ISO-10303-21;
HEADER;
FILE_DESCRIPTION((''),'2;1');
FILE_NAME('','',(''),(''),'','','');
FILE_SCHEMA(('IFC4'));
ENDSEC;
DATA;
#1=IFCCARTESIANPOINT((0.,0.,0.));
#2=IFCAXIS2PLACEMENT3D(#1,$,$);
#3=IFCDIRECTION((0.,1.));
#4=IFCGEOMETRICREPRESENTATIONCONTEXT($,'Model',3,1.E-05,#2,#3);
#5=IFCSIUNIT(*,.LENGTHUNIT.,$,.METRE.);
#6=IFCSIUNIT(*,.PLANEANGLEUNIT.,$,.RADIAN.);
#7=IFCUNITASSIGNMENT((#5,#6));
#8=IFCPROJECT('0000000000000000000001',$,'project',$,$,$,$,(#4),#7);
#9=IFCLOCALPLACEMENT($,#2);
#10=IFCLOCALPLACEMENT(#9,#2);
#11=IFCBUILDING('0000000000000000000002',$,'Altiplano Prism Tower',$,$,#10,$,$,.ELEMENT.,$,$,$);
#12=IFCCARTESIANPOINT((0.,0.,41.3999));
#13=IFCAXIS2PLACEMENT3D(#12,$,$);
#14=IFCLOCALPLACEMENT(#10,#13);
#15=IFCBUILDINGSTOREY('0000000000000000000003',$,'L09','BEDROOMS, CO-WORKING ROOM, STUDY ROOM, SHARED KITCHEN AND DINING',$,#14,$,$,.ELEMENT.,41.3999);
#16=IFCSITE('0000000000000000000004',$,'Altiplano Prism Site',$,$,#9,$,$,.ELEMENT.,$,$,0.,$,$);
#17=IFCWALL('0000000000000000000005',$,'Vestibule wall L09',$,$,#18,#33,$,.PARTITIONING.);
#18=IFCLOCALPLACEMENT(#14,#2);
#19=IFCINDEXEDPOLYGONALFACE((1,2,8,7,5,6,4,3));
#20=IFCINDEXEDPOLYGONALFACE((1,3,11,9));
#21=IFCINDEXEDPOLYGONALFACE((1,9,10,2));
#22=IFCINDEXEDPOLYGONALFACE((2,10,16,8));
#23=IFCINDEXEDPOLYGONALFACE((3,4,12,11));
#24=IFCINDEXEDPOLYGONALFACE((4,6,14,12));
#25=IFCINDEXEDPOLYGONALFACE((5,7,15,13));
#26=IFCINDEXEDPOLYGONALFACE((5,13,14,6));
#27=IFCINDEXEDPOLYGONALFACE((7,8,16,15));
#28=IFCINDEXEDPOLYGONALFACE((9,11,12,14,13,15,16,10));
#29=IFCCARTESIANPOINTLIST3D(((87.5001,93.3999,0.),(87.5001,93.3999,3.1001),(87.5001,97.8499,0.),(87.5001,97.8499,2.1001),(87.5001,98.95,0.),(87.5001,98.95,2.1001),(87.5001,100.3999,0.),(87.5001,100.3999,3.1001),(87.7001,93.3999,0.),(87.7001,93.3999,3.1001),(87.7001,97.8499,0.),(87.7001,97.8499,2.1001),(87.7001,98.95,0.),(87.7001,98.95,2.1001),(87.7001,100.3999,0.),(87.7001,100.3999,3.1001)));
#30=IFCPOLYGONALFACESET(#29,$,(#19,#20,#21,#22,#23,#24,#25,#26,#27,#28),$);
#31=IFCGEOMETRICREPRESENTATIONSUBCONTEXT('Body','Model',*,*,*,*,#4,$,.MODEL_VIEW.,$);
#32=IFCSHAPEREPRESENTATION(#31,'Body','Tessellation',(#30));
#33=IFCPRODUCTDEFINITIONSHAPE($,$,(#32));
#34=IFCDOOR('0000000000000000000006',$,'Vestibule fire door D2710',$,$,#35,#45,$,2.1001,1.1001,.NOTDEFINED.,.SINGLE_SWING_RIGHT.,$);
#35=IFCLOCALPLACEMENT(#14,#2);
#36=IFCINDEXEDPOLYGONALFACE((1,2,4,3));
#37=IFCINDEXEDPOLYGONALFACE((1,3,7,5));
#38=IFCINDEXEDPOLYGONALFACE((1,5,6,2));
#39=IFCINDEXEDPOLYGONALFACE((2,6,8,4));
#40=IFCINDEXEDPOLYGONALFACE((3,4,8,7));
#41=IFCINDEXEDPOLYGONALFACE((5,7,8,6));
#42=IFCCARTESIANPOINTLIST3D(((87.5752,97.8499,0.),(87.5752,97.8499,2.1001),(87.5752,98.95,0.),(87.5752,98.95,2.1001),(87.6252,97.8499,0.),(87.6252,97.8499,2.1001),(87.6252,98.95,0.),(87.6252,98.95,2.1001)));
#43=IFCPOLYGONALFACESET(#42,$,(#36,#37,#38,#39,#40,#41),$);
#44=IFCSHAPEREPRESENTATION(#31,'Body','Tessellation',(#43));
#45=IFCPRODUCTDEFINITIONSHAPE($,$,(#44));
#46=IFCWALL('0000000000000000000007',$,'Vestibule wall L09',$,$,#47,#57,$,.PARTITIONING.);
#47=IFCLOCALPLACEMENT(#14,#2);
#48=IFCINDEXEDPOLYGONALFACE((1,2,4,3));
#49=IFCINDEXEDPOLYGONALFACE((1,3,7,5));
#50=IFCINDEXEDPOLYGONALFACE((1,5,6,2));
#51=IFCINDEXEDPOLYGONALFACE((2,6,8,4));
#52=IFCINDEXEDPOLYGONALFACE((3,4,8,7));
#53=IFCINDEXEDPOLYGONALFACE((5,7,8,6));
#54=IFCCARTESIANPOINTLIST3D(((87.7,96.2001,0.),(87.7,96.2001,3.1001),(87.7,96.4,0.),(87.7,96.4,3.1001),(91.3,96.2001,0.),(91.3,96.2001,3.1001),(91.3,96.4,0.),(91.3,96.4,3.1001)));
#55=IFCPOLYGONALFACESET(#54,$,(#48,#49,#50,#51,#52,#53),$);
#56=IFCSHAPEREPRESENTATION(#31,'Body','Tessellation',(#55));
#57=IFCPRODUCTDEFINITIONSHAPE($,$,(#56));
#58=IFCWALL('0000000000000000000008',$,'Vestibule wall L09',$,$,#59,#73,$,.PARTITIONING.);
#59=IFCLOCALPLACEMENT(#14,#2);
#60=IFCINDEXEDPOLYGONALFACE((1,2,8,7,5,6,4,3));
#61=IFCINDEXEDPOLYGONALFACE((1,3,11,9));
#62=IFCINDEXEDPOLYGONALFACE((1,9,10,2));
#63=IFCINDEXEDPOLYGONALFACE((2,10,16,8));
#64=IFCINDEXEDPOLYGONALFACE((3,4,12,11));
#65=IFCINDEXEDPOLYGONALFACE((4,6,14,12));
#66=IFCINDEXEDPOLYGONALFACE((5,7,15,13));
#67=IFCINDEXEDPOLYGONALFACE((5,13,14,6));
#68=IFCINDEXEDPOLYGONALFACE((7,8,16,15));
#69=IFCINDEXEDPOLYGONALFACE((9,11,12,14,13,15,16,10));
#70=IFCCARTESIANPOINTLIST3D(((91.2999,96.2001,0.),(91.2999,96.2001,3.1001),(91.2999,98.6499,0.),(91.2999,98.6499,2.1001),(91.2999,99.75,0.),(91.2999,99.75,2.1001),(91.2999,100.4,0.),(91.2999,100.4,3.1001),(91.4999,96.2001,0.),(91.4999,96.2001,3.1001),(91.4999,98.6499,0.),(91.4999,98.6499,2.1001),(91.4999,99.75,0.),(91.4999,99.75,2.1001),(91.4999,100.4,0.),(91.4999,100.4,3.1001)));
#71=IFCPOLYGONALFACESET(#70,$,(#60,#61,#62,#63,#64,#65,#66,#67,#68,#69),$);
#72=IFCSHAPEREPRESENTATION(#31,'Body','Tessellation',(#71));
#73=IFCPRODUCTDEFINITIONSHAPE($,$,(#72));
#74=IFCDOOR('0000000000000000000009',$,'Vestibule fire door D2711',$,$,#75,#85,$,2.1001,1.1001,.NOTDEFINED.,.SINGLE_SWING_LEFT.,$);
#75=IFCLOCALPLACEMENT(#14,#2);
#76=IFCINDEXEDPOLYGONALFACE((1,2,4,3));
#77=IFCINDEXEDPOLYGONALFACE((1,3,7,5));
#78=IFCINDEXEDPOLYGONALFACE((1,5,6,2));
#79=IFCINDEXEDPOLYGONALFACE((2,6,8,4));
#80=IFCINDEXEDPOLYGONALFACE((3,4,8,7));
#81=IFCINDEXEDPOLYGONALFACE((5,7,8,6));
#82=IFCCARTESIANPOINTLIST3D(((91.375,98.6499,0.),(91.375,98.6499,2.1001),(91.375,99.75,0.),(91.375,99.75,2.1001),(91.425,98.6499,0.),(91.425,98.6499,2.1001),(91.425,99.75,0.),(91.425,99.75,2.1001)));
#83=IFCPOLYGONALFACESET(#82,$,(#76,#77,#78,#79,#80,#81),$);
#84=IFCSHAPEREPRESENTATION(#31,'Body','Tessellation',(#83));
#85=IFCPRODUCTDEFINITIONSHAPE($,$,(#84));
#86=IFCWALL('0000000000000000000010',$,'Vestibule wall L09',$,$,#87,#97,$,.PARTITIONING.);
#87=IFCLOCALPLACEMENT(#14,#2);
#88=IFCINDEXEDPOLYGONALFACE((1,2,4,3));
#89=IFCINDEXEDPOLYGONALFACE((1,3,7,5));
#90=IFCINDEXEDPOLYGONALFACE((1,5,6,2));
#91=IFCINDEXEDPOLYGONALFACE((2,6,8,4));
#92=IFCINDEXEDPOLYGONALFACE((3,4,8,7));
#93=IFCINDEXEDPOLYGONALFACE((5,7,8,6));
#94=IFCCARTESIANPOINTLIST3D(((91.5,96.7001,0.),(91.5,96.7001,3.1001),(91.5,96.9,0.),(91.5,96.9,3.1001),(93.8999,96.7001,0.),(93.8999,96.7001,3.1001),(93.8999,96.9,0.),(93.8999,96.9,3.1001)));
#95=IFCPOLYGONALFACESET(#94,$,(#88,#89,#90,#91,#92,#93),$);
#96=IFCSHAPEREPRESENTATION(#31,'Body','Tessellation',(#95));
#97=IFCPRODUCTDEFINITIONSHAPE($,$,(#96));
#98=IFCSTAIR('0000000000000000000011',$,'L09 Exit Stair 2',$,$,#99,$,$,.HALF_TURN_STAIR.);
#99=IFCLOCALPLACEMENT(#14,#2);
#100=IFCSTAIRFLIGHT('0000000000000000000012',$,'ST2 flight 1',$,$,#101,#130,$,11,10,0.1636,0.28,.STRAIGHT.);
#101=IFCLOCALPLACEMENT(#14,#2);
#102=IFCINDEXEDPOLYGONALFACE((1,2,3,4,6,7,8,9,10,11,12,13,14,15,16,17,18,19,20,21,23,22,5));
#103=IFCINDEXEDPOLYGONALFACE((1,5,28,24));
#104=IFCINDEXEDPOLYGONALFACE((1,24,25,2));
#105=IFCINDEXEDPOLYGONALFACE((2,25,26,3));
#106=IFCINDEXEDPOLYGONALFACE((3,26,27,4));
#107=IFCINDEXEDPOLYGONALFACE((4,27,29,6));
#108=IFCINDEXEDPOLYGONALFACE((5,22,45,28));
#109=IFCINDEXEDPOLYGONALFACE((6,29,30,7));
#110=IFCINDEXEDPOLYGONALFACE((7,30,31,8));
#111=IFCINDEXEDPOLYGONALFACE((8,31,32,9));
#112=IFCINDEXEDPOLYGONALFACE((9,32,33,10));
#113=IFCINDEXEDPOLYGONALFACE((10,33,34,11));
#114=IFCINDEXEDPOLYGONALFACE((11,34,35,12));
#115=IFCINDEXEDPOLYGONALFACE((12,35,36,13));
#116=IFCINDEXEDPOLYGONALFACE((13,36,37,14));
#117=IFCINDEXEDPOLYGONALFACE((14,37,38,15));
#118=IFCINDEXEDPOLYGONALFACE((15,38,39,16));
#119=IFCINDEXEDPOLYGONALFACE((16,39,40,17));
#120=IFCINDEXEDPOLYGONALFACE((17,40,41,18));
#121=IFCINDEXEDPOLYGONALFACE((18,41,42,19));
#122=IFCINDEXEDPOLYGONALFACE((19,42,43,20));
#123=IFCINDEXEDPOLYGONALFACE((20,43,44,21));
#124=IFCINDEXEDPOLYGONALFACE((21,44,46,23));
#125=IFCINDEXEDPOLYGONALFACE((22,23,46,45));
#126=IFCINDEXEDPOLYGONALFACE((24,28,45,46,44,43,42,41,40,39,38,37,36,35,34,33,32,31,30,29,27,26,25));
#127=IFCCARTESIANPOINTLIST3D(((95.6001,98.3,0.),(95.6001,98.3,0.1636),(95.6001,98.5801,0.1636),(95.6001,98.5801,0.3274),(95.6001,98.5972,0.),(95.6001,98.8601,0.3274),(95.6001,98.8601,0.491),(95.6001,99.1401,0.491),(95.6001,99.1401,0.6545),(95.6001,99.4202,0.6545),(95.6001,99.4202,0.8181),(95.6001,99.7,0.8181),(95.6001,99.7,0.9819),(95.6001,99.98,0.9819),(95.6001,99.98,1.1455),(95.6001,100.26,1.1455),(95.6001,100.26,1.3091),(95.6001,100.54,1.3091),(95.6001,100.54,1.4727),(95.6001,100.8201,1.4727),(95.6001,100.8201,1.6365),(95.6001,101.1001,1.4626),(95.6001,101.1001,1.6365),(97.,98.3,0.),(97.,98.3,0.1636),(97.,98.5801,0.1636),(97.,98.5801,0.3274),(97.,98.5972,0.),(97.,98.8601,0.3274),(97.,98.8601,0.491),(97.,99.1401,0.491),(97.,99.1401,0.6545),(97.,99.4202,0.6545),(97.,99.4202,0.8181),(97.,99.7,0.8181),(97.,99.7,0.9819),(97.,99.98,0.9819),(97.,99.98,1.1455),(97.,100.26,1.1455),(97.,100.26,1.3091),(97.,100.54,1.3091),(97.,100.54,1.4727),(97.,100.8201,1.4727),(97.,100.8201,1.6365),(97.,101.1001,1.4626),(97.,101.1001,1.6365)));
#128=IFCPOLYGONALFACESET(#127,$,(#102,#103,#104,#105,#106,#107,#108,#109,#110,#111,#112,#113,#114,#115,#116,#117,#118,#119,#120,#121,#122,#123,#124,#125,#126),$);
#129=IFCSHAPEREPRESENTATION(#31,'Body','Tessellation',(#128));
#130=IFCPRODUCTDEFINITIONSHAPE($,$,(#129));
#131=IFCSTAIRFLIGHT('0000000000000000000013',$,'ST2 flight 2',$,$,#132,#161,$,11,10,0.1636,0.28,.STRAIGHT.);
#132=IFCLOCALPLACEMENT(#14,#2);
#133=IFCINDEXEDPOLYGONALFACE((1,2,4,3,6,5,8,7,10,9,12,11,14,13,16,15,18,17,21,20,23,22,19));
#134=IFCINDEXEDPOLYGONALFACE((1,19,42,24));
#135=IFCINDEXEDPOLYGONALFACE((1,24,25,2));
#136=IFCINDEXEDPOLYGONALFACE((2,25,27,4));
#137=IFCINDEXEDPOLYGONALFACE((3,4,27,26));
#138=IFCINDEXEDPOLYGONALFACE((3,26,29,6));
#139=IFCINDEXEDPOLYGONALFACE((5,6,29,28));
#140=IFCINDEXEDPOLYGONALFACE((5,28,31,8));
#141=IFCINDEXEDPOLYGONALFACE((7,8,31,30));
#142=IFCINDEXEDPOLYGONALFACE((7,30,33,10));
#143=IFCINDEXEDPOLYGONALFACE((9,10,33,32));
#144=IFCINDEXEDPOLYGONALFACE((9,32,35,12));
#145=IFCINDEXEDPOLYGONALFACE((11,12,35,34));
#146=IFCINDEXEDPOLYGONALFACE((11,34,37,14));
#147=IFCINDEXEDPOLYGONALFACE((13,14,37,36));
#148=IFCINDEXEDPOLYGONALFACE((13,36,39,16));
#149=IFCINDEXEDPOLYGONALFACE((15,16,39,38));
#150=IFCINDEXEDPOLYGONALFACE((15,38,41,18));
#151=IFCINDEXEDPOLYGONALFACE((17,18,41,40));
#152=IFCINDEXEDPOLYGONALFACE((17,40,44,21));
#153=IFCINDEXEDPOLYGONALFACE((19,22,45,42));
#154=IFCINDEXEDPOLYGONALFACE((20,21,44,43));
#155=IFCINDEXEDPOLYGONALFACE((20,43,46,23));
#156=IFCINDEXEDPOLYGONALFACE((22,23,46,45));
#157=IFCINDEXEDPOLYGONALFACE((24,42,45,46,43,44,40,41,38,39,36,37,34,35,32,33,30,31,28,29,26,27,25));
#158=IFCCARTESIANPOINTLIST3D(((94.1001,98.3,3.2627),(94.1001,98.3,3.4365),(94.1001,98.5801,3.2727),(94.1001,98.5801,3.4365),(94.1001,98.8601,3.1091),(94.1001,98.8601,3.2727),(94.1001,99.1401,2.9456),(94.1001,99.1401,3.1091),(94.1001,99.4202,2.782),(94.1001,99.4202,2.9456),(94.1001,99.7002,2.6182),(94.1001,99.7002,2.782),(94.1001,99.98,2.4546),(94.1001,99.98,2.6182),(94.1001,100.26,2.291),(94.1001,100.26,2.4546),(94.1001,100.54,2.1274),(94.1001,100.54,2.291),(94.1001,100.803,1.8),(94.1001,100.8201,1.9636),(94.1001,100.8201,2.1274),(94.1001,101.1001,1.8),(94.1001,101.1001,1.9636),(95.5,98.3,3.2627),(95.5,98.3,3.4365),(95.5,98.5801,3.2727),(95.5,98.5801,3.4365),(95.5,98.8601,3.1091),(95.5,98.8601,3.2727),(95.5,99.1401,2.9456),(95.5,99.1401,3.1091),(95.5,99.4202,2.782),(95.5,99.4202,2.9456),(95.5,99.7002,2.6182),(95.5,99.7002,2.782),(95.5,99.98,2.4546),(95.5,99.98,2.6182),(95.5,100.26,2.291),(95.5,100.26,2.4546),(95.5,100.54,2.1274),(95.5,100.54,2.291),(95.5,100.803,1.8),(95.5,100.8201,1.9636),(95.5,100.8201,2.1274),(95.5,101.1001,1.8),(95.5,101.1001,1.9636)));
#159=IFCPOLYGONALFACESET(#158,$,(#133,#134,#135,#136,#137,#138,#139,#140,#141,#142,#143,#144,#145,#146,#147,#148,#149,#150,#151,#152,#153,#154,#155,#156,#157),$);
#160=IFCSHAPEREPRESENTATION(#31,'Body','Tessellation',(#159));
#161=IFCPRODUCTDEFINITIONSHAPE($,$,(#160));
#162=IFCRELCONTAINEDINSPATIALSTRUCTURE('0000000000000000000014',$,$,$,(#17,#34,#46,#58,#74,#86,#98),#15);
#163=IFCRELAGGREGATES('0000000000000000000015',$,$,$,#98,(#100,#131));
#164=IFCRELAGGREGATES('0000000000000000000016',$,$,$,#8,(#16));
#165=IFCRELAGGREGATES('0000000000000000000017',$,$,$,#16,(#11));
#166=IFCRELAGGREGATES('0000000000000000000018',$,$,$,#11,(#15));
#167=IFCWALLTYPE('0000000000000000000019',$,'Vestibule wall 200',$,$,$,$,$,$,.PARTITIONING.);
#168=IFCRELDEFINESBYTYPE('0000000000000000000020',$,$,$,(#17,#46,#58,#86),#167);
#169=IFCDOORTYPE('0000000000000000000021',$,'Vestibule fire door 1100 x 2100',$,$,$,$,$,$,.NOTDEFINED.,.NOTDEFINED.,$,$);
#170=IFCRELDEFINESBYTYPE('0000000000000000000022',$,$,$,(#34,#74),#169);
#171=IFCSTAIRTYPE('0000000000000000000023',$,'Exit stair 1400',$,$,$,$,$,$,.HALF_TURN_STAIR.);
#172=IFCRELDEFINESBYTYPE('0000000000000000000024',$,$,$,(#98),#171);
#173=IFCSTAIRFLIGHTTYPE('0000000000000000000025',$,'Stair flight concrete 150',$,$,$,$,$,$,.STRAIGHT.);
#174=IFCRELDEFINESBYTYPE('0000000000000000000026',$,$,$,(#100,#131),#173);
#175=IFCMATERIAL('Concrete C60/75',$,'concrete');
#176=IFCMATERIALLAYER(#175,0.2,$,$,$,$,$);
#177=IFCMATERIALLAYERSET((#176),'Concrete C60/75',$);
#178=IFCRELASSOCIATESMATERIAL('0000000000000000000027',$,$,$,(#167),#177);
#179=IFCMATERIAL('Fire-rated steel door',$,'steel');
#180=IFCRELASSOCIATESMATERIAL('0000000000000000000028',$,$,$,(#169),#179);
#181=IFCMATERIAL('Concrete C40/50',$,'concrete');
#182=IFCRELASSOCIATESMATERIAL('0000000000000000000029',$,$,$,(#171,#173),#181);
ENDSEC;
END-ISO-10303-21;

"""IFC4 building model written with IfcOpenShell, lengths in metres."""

from ifc_helpers import new_model, si_unit, direction, frame, frame_2d, origin, place, context, subcontext, project, spatial, polyline, rectangle, outline, extrude, material, layer, layer_set, type_object, element, fill, aggregate, save


model = new_model("IFC4")

# Units and contexts
model_context = context("Model", 3, precision=1e-05, world=origin(), true_north=direction((0.0, 1.0)))
body_context = subcontext(model_context, "Body", "Model", "MODEL_VIEW")
ifc_project = project(units=[si_unit("LENGTHUNIT", "METRE"), si_unit("PLANEANGLEUNIT", "RADIAN")], contexts=[model_context])

# Site, building, storey
site_placement = place(None, origin())
site = spatial("IfcSite", under=ifc_project, at=site_placement, Name="Altiplano Prism Site", CompositionType="ELEMENT", RefElevation=0.0)
building_placement = place(site_placement, origin())
building = spatial("IfcBuilding", under=site, at=building_placement, Name="Altiplano Prism Tower", CompositionType="ELEMENT")
storey_placement = place(building_placement, frame((0.0, 0.0, 41.3999)))
storey = spatial("IfcBuildingStorey", under=building, at=storey_placement, Name="L09", Description="BEDROOMS, CO-WORKING ROOM, STUDY ROOM, SHARED KITCHEN AND DINING", CompositionType="ELEMENT", Elevation=41.3999)

# Shared definitions
ifc_material_1 = material(Name="Concrete C60/75", Category="concrete")

# Shared definitions
ifc_material_2 = material(Name="Fire-rated steel door", Category="steel")

# Wall, opening, door
ifc_layer_1 = layer(ifc_material_1, 0.2)
ifc_layer_set_1 = layer_set([ifc_layer_1], Name="Concrete C60/75")
wall_type_1 = type_object("IfcWallType", Name="Vestibule wall 200", PredefinedType="PARTITIONING", material=ifc_layer_set_1)
wall_1_placement = place(storey_placement, frame((87.6001, 93.3999, 0.0), z_axis=(0.0, 0.0, 1.0), x_axis=(0.0, 1.0, 0.0)))
wall_1 = element("IfcWall", 1, at=wall_1_placement, inside=storey, type_object=wall_type_1, Name="Vestibule wall L09", PredefinedType="PARTITIONING", context=body_context, shape_type="SweptSolid", body=[
    extrude(rectangle(XDim=7.0, YDim=0.2, at=frame_2d((3.5, 0.0))), origin(), (0.0, 0.0, 1.0), 3.1001),
])
opening_1_placement = place(wall_1_placement, frame((4.45, 0.0, 0.0)))
opening_1 = element("IfcOpeningElement", 2, at=opening_1_placement, cuts=wall_1, PredefinedType="OPENING", context=body_context, shape_type="SweptSolid", body=[
    extrude(rectangle(XDim=1.1001, YDim=2.1001, at=frame_2d((0.55, 1.05))), frame((0.0, 0.1104, 0.0), z_axis=(0.0, -1.0, 0.0), x_axis=(1.0, 0.0, 0.0)), (0.0, 0.0, 1.0), 0.2209),
])
door_type_1 = type_object("IfcDoorType", Name="Vestibule fire door 1100 x 2100", OperationType="NOTDEFINED", PredefinedType="NOTDEFINED", material=ifc_material_2)
door_1_placement = place(opening_1_placement, origin())
door_1 = element("IfcDoor", 3, at=door_1_placement, inside=storey, type_object=door_type_1, Name="Vestibule fire door D2710", OperationType="SINGLE_SWING_RIGHT", OverallHeight=2.1001, OverallWidth=1.1001, PredefinedType="NOTDEFINED", context=body_context, shape_type="SweptSolid", body=[
    extrude(rectangle(XDim=1.1001, YDim=2.1001, at=frame_2d((0.55, 1.05))), frame((0.0, 0.0249, 0.0), z_axis=(0.0, -1.0, 0.0), x_axis=(1.0, 0.0, 0.0)), (0.0, 0.0, 1.0), 0.05),
])
fill(opening_1, door_1)

# Wall
wall_2_placement = place(storey_placement, frame((87.7, 96.3, 0.0), z_axis=(0.0, 0.0, 1.0), x_axis=(1.0, 0.0, 0.0)))
element("IfcWall", 4, at=wall_2_placement, inside=storey, type_object=wall_type_1, Name="Vestibule wall L09", PredefinedType="PARTITIONING", context=body_context, shape_type="SweptSolid", body=[
    extrude(rectangle(XDim=3.6001, YDim=0.2, at=frame_2d((1.8, 0.0))), origin(), (0.0, 0.0, 1.0), 3.1001),
])

# Wall, opening, door
wall_3_placement = place(storey_placement, frame((91.3999, 96.2, 0.0), z_axis=(0.0, 0.0, 1.0), x_axis=(0.0, 1.0, 0.0)))
wall_3 = element("IfcWall", 5, at=wall_3_placement, inside=storey, type_object=wall_type_1, Name="Vestibule wall L09", PredefinedType="PARTITIONING", context=body_context, shape_type="SweptSolid", body=[
    extrude(rectangle(XDim=4.2, YDim=0.2, at=frame_2d((2.1001, 0.0))), origin(), (0.0, 0.0, 1.0), 3.1001),
])
opening_2_placement = place(wall_3_placement, frame((2.45, 0.0, 0.0)))
opening_2 = element("IfcOpeningElement", 6, at=opening_2_placement, cuts=wall_3, PredefinedType="OPENING", context=body_context, shape_type="SweptSolid", body=[
    extrude(rectangle(XDim=1.1001, YDim=2.1001, at=frame_2d((0.55, 1.05))), frame((0.0, 0.1104, 0.0), z_axis=(0.0, -1.0, 0.0), x_axis=(1.0, 0.0, 0.0)), (0.0, 0.0, 1.0), 0.2209),
])
door_2_placement = place(opening_2_placement, origin())
door_2 = element("IfcDoor", 7, at=door_2_placement, inside=storey, type_object=door_type_1, Name="Vestibule fire door D2711", OperationType="SINGLE_SWING_LEFT", OverallHeight=2.1001, OverallWidth=1.1001, PredefinedType="NOTDEFINED", context=body_context, shape_type="SweptSolid", body=[
    extrude(rectangle(XDim=1.1001, YDim=2.1001, at=frame_2d((0.55, 1.05))), frame((0.0, 0.0249, 0.0), z_axis=(0.0, -1.0, 0.0), x_axis=(1.0, 0.0, 0.0)), (0.0, 0.0, 1.0), 0.05),
])
fill(opening_2, door_2)

# Wall
wall_4_placement = place(storey_placement, frame((91.5, 96.8, 0.0), z_axis=(0.0, 0.0, 1.0), x_axis=(1.0, 0.0, 0.0)))
element("IfcWall", 8, at=wall_4_placement, inside=storey, type_object=wall_type_1, Name="Vestibule wall L09", PredefinedType="PARTITIONING", context=body_context, shape_type="SweptSolid", body=[
    extrude(rectangle(XDim=2.3999, YDim=0.2, at=frame_2d((1.2, 0.0))), origin(), (0.0, 0.0, 1.0), 3.1001),
])

# Stair, stair flights
ifc_material_3 = material(Name="Concrete C40/50", Category="concrete")
stair_type_1 = type_object("IfcStairType", Name="Exit stair 1400", PredefinedType="HALF_TURN_STAIR", material=ifc_material_3)
stair_1_placement = place(storey_placement, origin())
stair_1 = element("IfcStair", 9, at=stair_1_placement, inside=storey, type_object=stair_type_1, Name="L09 Exit Stair 2", PredefinedType="HALF_TURN_STAIR")
stair_flight_type = type_object("IfcStairFlightType", Name="Stair flight concrete 150", PredefinedType="STRAIGHT", material=ifc_material_3)
stair_flight_1_placement = place(storey_placement, frame((96.3, 98.3, 0.0), z_axis=(0.0, 0.0, 1.0), x_axis=(0.0, 1.0, 0.0)))
stair_flight_1 = element("IfcStairFlight", 10, at=stair_flight_1_placement, type_object=stair_flight_type, Name="ST2 flight 1", NumberOfRisers=11, NumberOfTreads=10, PredefinedType="STRAIGHT", RiserHeight=0.1636, TreadLength=0.28, context=body_context, shape_type="SweptSolid", body=[
    extrude(outline(polyline([(0.0, 0.0), (0.0, 0.1636), (0.28, 0.1636), (0.28, 0.3274), (0.5601, 0.3274), (0.5601, 0.491), (0.8401, 0.491), (0.8401, 0.6545), (1.1201, 0.6545), (1.1201, 0.8181), (1.3999, 0.8181), (1.3999, 0.9819), (1.6799, 0.9819), (1.6799, 1.1455), (1.96, 1.1455), (1.96, 1.3091), (2.24, 1.3091), (2.24, 1.4727), (2.52, 1.4727), (2.52, 1.6365), (2.8, 1.6365), (2.8, 1.8), (2.8, 1.4626), (0.2971, 0.0), (0.0, 0.0)])), frame((0.0, 0.7, 0.0), z_axis=(0.0, -1.0, 0.0), x_axis=(1.0, 0.0, 0.0)), (0.0, 0.0, 1.0), 1.3999),
])
stair_flight_2_placement = place(storey_placement, frame((94.8, 101.1001, 1.8), z_axis=(0.0, 0.0, 1.0), x_axis=(0.0, -1.0, 0.0)))
stair_flight_2 = element("IfcStairFlight", 11, at=stair_flight_2_placement, type_object=stair_flight_type, Name="ST2 flight 2", NumberOfRisers=11, NumberOfTreads=10, PredefinedType="STRAIGHT", RiserHeight=0.1636, TreadLength=0.28, context=body_context, shape_type="SweptSolid", body=[
    extrude(outline(polyline([(0.0, 0.0), (0.0, 0.1636), (0.28, 0.1636), (0.28, 0.3274), (0.5601, 0.3274), (0.5601, 0.491), (0.8401, 0.491), (0.8401, 0.6545), (1.1201, 0.6545), (1.1201, 0.8181), (1.3999, 0.8181), (1.3999, 0.9819), (1.6799, 0.9819), (1.6799, 1.1455), (1.96, 1.1455), (1.96, 1.3091), (2.24, 1.3091), (2.24, 1.4727), (2.52, 1.4727), (2.52, 1.6365), (2.8, 1.6365), (2.8, 1.8), (2.8, 1.4626), (0.2971, 0.0), (0.0, 0.0)])), frame((0.0, 0.7, 0.0), z_axis=(0.0, -1.0, 0.0), x_axis=(1.0, 0.0, 0.0)), (0.0, 0.0, 1.0), 1.3999),
])
aggregate(stair_1, [stair_flight_1, stair_flight_2])

save(model, "model.ifc")
